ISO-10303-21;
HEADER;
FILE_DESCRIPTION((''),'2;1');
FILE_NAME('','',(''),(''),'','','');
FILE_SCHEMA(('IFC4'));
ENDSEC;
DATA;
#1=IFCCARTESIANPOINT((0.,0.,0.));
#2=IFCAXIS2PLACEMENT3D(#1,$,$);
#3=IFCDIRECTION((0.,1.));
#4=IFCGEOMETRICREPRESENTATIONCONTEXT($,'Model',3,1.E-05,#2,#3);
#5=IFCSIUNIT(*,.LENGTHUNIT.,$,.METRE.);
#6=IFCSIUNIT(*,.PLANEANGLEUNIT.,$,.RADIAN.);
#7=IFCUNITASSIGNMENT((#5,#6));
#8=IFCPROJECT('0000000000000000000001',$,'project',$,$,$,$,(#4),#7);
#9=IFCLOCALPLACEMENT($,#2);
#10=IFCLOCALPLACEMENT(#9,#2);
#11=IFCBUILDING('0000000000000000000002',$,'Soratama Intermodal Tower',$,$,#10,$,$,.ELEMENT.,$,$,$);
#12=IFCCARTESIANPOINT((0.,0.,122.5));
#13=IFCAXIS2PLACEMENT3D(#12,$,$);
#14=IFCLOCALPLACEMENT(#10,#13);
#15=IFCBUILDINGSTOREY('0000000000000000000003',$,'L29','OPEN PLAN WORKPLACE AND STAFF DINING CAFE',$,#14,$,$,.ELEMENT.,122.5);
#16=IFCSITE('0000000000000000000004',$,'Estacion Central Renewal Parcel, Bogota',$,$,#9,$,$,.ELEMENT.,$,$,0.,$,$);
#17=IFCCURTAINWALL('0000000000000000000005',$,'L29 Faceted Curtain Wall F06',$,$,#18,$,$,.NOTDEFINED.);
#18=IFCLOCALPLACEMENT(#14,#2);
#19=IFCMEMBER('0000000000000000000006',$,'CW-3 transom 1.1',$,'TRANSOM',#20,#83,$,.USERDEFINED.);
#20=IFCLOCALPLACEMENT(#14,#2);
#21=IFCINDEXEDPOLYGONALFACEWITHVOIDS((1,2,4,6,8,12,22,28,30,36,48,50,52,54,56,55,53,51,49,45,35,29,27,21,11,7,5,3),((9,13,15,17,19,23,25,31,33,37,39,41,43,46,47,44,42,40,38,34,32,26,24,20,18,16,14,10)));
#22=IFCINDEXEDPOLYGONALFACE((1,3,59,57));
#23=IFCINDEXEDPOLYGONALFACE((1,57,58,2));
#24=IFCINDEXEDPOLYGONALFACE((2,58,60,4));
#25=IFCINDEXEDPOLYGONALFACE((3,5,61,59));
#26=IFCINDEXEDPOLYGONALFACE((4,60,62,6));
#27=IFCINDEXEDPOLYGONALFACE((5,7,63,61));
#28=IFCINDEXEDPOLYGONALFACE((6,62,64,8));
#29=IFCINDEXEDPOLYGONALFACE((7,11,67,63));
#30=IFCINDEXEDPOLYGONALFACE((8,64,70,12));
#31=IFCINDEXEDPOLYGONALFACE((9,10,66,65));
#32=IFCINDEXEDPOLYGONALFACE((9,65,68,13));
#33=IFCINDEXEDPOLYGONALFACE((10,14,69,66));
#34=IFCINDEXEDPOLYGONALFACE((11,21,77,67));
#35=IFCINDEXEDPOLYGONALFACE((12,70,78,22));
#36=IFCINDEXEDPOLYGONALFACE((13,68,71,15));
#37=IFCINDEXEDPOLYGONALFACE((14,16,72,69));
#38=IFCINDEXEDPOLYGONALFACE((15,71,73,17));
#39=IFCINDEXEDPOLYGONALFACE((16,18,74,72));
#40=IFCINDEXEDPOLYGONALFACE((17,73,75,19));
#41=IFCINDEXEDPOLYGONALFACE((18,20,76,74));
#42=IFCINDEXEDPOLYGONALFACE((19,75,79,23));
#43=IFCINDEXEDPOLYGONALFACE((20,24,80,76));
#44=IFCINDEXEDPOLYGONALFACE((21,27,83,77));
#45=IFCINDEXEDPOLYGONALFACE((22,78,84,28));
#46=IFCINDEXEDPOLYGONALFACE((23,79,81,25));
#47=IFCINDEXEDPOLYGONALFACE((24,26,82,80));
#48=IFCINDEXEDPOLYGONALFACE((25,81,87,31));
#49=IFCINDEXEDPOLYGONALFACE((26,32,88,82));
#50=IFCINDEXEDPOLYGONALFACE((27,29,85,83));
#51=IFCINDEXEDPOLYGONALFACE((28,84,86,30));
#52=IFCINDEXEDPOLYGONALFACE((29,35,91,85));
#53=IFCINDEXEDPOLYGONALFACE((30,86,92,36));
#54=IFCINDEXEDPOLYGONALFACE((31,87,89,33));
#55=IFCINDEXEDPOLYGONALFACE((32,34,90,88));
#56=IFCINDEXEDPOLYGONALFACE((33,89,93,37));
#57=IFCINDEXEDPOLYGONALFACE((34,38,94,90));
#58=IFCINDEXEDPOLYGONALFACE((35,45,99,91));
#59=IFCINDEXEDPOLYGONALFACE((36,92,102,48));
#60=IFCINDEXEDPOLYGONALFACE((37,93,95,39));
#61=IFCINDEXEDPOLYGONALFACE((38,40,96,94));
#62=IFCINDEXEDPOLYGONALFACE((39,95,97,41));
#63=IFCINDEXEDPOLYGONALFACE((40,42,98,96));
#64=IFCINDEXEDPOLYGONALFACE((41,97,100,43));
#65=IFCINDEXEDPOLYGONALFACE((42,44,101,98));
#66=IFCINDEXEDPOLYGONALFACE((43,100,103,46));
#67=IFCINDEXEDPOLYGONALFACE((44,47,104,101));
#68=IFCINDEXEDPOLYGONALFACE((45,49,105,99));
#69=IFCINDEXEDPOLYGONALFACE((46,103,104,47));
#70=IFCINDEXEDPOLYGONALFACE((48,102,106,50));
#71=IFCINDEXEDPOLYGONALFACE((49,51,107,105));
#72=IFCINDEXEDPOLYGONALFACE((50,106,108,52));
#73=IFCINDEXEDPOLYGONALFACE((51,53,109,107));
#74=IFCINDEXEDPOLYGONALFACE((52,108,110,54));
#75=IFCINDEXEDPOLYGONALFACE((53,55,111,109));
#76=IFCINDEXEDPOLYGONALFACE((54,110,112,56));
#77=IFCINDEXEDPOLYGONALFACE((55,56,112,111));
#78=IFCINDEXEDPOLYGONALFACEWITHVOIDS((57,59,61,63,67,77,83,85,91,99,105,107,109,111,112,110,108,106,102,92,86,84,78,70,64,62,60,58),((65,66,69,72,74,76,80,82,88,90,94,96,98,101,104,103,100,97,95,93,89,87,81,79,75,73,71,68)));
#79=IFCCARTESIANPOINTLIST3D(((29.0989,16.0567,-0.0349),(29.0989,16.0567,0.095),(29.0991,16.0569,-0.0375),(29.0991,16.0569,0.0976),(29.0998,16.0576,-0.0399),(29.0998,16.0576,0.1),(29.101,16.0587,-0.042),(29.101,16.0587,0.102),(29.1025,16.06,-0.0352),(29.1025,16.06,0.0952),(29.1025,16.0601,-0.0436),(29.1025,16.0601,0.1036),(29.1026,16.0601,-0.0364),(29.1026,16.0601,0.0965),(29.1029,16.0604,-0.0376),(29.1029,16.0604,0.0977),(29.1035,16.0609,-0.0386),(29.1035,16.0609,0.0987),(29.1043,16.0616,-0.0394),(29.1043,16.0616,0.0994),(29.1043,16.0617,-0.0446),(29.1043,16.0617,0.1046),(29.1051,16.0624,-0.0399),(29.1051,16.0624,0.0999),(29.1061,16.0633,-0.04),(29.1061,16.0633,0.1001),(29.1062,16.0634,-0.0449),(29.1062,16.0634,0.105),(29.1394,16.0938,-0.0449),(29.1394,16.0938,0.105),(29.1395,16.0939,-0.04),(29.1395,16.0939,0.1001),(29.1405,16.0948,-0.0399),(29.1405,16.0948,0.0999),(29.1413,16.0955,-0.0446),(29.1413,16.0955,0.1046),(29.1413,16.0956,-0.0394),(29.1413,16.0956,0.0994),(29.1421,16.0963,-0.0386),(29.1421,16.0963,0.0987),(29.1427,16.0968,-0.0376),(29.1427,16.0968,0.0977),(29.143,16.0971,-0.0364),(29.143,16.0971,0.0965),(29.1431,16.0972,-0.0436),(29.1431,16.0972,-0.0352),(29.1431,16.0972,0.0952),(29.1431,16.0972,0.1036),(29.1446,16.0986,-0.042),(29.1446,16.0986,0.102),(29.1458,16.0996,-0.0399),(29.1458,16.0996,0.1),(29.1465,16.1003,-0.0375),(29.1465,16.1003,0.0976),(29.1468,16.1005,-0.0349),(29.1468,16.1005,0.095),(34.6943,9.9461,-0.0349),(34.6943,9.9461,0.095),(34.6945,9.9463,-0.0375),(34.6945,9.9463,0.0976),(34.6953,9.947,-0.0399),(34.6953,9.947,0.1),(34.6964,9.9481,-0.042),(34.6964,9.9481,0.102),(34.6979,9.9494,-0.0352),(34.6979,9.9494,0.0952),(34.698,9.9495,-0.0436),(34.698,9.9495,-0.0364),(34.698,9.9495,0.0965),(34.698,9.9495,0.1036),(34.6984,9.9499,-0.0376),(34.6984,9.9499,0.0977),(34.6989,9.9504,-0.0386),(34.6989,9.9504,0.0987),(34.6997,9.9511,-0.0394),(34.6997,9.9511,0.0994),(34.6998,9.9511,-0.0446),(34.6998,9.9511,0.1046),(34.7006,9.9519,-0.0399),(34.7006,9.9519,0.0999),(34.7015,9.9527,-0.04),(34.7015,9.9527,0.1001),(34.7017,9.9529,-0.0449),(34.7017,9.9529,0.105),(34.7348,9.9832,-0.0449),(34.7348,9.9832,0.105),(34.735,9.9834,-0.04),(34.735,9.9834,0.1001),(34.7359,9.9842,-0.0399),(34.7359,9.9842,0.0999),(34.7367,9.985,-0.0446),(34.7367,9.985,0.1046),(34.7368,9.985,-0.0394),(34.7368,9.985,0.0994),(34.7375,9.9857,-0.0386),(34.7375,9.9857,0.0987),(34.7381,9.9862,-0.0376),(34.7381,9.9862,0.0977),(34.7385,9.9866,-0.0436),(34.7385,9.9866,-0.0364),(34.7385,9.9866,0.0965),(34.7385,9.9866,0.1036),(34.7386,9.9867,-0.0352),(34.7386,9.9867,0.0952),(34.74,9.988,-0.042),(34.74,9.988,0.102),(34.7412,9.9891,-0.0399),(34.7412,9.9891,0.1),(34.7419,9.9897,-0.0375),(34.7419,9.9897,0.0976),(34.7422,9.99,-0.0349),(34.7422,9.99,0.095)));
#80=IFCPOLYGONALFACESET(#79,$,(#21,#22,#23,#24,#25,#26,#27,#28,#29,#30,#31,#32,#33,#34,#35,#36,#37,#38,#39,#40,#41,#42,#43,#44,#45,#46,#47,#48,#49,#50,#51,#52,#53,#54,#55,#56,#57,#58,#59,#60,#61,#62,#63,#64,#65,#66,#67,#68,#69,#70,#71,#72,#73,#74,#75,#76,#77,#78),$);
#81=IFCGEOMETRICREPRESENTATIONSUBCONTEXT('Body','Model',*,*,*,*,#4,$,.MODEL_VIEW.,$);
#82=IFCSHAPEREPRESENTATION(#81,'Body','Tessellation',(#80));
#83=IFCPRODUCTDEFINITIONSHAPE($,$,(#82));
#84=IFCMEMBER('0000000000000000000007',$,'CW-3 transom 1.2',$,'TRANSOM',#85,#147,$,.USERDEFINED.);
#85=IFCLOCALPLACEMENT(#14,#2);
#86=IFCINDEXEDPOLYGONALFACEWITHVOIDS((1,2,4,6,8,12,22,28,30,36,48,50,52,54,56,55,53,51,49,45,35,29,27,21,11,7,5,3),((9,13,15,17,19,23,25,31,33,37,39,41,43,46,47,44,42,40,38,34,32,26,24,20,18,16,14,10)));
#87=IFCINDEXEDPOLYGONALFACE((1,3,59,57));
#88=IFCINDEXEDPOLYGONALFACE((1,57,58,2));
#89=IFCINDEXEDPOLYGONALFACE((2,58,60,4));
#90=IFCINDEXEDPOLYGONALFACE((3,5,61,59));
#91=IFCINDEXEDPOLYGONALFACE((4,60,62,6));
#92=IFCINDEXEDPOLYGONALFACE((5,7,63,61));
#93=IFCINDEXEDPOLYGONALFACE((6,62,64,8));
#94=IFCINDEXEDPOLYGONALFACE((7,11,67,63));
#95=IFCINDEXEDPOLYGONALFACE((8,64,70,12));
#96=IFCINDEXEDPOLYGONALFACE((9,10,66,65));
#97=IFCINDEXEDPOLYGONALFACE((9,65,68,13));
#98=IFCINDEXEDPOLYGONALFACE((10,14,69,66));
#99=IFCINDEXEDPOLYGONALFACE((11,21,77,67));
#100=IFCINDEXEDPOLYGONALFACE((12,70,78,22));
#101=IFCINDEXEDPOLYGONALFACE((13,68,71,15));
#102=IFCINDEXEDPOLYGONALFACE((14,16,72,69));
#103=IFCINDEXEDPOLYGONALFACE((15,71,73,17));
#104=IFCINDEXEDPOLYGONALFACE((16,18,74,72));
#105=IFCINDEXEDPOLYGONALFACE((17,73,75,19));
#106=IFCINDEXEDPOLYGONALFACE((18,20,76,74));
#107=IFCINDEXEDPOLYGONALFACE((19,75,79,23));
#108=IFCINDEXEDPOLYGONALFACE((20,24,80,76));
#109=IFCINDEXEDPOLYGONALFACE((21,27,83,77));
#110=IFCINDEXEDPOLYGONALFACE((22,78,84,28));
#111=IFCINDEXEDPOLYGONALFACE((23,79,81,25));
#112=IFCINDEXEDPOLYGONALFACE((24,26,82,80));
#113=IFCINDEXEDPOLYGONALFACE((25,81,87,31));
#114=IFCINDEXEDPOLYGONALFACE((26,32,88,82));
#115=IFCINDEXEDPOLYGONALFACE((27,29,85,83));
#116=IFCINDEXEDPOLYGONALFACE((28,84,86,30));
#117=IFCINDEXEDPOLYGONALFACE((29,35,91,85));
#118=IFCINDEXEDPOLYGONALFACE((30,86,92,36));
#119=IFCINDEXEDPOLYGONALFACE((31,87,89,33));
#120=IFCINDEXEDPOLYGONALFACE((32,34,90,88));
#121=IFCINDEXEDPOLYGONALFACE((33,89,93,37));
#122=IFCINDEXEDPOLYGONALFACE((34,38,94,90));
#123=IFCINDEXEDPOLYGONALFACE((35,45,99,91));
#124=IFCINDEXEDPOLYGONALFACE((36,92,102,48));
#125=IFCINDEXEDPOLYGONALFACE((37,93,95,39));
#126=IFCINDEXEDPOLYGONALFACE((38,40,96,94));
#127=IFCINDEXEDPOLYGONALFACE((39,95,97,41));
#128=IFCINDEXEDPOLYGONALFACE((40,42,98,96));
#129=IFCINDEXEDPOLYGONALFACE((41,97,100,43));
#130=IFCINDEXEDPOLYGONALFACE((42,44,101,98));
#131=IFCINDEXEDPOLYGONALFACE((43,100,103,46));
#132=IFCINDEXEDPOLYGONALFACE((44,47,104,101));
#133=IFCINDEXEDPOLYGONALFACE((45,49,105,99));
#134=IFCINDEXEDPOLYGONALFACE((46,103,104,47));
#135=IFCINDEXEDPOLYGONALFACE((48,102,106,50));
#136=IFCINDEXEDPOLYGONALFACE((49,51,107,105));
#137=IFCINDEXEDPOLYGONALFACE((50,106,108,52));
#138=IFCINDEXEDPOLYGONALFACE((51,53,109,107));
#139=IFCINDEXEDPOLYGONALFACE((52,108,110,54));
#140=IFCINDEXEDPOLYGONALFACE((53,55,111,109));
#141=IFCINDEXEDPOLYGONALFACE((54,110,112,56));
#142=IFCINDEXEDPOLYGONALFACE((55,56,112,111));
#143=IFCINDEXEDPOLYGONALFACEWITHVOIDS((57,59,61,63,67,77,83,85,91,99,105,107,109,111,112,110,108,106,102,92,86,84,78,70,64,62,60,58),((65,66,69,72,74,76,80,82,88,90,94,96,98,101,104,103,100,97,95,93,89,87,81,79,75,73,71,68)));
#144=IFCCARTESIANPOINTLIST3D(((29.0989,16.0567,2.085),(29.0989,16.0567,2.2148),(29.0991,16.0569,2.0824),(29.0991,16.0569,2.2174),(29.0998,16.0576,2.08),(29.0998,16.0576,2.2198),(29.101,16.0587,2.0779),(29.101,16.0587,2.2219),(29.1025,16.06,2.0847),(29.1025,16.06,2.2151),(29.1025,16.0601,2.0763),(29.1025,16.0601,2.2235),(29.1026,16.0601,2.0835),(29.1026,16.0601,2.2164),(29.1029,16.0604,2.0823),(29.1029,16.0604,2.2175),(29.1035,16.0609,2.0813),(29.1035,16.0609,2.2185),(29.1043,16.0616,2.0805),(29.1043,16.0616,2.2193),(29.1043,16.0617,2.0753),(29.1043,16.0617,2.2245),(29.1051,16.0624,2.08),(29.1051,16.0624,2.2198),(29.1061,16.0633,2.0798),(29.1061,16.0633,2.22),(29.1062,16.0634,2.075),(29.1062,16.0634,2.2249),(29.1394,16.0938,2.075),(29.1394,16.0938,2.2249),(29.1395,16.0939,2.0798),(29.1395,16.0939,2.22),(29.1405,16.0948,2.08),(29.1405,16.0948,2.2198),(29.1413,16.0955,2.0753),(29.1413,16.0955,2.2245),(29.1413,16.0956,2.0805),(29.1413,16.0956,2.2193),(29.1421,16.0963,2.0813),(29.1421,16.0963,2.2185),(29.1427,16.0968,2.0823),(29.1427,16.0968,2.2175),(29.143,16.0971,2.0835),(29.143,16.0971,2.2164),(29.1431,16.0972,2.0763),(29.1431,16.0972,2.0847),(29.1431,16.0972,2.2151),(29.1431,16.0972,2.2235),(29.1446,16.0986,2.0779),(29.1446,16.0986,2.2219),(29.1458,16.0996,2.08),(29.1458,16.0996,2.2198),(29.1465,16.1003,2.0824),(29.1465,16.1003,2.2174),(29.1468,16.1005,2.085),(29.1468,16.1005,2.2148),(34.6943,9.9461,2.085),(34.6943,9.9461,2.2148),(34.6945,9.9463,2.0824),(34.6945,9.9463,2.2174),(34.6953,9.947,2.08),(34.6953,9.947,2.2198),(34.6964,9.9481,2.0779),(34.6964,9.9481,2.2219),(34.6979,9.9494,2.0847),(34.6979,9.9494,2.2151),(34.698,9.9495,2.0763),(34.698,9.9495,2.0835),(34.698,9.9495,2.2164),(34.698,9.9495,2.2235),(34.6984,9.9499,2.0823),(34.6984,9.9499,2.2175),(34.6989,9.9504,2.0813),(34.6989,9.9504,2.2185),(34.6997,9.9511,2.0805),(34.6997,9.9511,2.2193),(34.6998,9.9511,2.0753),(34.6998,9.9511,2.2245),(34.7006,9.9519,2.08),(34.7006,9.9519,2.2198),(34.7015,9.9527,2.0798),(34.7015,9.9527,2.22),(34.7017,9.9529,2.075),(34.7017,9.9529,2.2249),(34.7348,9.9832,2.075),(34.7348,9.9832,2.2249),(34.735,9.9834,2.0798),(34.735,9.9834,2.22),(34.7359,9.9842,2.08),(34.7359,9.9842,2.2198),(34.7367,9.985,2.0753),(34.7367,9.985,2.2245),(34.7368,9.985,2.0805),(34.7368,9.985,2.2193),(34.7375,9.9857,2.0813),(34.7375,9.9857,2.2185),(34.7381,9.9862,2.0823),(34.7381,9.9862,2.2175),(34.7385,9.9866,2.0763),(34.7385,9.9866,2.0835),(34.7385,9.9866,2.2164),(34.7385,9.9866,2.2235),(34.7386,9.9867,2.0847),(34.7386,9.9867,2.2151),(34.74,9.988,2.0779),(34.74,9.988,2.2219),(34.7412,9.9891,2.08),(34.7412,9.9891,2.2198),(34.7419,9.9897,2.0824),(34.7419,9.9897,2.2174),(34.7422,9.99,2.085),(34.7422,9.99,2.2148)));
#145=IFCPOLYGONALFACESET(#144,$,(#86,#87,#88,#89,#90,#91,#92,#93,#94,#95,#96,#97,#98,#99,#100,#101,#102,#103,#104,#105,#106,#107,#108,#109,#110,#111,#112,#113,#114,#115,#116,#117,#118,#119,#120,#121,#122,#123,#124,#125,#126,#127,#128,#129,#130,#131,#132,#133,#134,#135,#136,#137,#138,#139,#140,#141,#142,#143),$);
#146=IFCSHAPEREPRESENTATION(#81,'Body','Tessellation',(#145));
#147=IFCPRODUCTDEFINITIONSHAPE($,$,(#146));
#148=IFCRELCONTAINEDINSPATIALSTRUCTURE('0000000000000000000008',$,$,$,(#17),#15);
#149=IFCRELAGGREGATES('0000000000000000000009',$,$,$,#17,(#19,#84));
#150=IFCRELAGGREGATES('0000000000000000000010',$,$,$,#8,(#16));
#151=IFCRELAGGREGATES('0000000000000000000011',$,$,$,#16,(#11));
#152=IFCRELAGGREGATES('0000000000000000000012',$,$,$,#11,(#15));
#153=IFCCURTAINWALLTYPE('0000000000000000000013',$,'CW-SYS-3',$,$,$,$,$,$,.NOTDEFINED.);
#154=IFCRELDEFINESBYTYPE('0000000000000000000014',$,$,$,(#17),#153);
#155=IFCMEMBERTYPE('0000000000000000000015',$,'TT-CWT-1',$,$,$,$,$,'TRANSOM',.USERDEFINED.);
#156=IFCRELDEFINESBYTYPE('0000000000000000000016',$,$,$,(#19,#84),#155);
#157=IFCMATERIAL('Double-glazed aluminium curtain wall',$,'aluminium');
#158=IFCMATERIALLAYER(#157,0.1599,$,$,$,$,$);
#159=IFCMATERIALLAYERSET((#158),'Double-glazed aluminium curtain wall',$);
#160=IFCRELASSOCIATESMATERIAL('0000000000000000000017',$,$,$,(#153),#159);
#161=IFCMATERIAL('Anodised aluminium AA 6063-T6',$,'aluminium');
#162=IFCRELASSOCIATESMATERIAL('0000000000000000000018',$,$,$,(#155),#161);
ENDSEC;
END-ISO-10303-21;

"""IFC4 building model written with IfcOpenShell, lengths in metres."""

from ifc_helpers import new_model, si_unit, direction, frame, origin, origin_2d, place, context, subcontext, project, spatial, hollow_rectangle, extrude, material, layer, layer_set, material_profile, profile_set, type_object, element, aggregate, save


model = new_model("IFC4")

# Units and contexts
model_context = context("Model", 3, precision=1e-05, world=origin(), true_north=direction((0.0, 1.0)))
body_context = subcontext(model_context, "Body", "Model", "MODEL_VIEW")
ifc_project = project(units=[si_unit("LENGTHUNIT", "METRE"), si_unit("PLANEANGLEUNIT", "RADIAN")], contexts=[model_context])

# Site, building, storey
site_placement = place(None, origin())
site = spatial("IfcSite", under=ifc_project, at=site_placement, Name="Estacion Central Renewal Parcel, Bogota", CompositionType="ELEMENT", RefElevation=0.0)
building_placement = place(site_placement, origin())
building = spatial("IfcBuilding", under=site, at=building_placement, Name="Soratama Intermodal Tower", CompositionType="ELEMENT")
storey_placement = place(building_placement, frame((0.0, 0.0, 122.5)))
storey = spatial("IfcBuildingStorey", under=building, at=storey_placement, Name="L29", Description="OPEN PLAN WORKPLACE AND STAFF DINING CAFE", CompositionType="ELEMENT", Elevation=122.5)

# Curtain wall, members
ifc_material_1 = material(Name="Double-glazed aluminium curtain wall", Category="aluminium")
ifc_layer_1 = layer(ifc_material_1, 0.1599)
ifc_layer_set_1 = layer_set([ifc_layer_1], Name="Double-glazed aluminium curtain wall")
curtain_wall_type = type_object("IfcCurtainWallType", Name="CW-SYS-3", PredefinedType="NOTDEFINED", material=ifc_layer_set_1)
curtain_wall_placement = place(storey_placement, origin())
curtain_wall = element("IfcCurtainWall", 1, at=curtain_wall_placement, inside=storey, type_object=curtain_wall_type, Name="L29 Faceted Curtain Wall F06", PredefinedType="NOTDEFINED")
ifc_material_2 = material(Name="Anodised aluminium AA 6063-T6", Category="aluminium")
ifc_material_profile_1 = material_profile(ifc_material_2, hollow_rectangle(XDim=0.0649, YDim=0.1499, WallThickness=0.0049, InnerFilletRadius=0.0049, OuterFilletRadius=0.01, at=origin_2d()), Name="CWT150X65X5")
ifc_profile_set_1 = profile_set([ifc_material_profile_1], Name="Anodised aluminium AA 6063-T6")
member_type_1 = type_object("IfcMemberType", Name="TT-CWT-1", ElementType="TRANSOM", PredefinedType="USERDEFINED", material=ifc_profile_set_1)
member_1_placement = place(storey_placement, frame((29.1228, 16.0786, 0.03), z_axis=(0.675336, -0.73751, 0.0), x_axis=(0.73751, 0.675336, 0.0)))
member_1 = element("IfcMember", 2, at=member_1_placement, type_object=member_type_1, Name="CW-3 transom 1.1", ObjectType="TRANSOM", PredefinedType="USERDEFINED", context=body_context, shape_type="SweptSolid", body=[
    extrude(hollow_rectangle(XDim=0.0649, YDim=0.1499, WallThickness=0.0049, InnerFilletRadius=0.0049, OuterFilletRadius=0.01, at=origin_2d()), origin(), (0.0, 0.0, 1.0), 8.2854),
])
member_2_placement = place(storey_placement, frame((29.1228, 16.0786, 2.1499), z_axis=(0.675336, -0.73751, 0.0), x_axis=(0.73751, 0.675336, 0.0)))
member_2 = element("IfcMember", 3, at=member_2_placement, type_object=member_type_1, Name="CW-3 transom 1.2", ObjectType="TRANSOM", PredefinedType="USERDEFINED", context=body_context, shape_type="SweptSolid", body=[
    extrude(hollow_rectangle(XDim=0.0649, YDim=0.1499, WallThickness=0.0049, InnerFilletRadius=0.0049, OuterFilletRadius=0.01, at=origin_2d()), origin(), (0.0, 0.0, 1.0), 8.2854),
])
aggregate(curtain_wall, [member_1, member_2])

save(model, "model.ifc")
